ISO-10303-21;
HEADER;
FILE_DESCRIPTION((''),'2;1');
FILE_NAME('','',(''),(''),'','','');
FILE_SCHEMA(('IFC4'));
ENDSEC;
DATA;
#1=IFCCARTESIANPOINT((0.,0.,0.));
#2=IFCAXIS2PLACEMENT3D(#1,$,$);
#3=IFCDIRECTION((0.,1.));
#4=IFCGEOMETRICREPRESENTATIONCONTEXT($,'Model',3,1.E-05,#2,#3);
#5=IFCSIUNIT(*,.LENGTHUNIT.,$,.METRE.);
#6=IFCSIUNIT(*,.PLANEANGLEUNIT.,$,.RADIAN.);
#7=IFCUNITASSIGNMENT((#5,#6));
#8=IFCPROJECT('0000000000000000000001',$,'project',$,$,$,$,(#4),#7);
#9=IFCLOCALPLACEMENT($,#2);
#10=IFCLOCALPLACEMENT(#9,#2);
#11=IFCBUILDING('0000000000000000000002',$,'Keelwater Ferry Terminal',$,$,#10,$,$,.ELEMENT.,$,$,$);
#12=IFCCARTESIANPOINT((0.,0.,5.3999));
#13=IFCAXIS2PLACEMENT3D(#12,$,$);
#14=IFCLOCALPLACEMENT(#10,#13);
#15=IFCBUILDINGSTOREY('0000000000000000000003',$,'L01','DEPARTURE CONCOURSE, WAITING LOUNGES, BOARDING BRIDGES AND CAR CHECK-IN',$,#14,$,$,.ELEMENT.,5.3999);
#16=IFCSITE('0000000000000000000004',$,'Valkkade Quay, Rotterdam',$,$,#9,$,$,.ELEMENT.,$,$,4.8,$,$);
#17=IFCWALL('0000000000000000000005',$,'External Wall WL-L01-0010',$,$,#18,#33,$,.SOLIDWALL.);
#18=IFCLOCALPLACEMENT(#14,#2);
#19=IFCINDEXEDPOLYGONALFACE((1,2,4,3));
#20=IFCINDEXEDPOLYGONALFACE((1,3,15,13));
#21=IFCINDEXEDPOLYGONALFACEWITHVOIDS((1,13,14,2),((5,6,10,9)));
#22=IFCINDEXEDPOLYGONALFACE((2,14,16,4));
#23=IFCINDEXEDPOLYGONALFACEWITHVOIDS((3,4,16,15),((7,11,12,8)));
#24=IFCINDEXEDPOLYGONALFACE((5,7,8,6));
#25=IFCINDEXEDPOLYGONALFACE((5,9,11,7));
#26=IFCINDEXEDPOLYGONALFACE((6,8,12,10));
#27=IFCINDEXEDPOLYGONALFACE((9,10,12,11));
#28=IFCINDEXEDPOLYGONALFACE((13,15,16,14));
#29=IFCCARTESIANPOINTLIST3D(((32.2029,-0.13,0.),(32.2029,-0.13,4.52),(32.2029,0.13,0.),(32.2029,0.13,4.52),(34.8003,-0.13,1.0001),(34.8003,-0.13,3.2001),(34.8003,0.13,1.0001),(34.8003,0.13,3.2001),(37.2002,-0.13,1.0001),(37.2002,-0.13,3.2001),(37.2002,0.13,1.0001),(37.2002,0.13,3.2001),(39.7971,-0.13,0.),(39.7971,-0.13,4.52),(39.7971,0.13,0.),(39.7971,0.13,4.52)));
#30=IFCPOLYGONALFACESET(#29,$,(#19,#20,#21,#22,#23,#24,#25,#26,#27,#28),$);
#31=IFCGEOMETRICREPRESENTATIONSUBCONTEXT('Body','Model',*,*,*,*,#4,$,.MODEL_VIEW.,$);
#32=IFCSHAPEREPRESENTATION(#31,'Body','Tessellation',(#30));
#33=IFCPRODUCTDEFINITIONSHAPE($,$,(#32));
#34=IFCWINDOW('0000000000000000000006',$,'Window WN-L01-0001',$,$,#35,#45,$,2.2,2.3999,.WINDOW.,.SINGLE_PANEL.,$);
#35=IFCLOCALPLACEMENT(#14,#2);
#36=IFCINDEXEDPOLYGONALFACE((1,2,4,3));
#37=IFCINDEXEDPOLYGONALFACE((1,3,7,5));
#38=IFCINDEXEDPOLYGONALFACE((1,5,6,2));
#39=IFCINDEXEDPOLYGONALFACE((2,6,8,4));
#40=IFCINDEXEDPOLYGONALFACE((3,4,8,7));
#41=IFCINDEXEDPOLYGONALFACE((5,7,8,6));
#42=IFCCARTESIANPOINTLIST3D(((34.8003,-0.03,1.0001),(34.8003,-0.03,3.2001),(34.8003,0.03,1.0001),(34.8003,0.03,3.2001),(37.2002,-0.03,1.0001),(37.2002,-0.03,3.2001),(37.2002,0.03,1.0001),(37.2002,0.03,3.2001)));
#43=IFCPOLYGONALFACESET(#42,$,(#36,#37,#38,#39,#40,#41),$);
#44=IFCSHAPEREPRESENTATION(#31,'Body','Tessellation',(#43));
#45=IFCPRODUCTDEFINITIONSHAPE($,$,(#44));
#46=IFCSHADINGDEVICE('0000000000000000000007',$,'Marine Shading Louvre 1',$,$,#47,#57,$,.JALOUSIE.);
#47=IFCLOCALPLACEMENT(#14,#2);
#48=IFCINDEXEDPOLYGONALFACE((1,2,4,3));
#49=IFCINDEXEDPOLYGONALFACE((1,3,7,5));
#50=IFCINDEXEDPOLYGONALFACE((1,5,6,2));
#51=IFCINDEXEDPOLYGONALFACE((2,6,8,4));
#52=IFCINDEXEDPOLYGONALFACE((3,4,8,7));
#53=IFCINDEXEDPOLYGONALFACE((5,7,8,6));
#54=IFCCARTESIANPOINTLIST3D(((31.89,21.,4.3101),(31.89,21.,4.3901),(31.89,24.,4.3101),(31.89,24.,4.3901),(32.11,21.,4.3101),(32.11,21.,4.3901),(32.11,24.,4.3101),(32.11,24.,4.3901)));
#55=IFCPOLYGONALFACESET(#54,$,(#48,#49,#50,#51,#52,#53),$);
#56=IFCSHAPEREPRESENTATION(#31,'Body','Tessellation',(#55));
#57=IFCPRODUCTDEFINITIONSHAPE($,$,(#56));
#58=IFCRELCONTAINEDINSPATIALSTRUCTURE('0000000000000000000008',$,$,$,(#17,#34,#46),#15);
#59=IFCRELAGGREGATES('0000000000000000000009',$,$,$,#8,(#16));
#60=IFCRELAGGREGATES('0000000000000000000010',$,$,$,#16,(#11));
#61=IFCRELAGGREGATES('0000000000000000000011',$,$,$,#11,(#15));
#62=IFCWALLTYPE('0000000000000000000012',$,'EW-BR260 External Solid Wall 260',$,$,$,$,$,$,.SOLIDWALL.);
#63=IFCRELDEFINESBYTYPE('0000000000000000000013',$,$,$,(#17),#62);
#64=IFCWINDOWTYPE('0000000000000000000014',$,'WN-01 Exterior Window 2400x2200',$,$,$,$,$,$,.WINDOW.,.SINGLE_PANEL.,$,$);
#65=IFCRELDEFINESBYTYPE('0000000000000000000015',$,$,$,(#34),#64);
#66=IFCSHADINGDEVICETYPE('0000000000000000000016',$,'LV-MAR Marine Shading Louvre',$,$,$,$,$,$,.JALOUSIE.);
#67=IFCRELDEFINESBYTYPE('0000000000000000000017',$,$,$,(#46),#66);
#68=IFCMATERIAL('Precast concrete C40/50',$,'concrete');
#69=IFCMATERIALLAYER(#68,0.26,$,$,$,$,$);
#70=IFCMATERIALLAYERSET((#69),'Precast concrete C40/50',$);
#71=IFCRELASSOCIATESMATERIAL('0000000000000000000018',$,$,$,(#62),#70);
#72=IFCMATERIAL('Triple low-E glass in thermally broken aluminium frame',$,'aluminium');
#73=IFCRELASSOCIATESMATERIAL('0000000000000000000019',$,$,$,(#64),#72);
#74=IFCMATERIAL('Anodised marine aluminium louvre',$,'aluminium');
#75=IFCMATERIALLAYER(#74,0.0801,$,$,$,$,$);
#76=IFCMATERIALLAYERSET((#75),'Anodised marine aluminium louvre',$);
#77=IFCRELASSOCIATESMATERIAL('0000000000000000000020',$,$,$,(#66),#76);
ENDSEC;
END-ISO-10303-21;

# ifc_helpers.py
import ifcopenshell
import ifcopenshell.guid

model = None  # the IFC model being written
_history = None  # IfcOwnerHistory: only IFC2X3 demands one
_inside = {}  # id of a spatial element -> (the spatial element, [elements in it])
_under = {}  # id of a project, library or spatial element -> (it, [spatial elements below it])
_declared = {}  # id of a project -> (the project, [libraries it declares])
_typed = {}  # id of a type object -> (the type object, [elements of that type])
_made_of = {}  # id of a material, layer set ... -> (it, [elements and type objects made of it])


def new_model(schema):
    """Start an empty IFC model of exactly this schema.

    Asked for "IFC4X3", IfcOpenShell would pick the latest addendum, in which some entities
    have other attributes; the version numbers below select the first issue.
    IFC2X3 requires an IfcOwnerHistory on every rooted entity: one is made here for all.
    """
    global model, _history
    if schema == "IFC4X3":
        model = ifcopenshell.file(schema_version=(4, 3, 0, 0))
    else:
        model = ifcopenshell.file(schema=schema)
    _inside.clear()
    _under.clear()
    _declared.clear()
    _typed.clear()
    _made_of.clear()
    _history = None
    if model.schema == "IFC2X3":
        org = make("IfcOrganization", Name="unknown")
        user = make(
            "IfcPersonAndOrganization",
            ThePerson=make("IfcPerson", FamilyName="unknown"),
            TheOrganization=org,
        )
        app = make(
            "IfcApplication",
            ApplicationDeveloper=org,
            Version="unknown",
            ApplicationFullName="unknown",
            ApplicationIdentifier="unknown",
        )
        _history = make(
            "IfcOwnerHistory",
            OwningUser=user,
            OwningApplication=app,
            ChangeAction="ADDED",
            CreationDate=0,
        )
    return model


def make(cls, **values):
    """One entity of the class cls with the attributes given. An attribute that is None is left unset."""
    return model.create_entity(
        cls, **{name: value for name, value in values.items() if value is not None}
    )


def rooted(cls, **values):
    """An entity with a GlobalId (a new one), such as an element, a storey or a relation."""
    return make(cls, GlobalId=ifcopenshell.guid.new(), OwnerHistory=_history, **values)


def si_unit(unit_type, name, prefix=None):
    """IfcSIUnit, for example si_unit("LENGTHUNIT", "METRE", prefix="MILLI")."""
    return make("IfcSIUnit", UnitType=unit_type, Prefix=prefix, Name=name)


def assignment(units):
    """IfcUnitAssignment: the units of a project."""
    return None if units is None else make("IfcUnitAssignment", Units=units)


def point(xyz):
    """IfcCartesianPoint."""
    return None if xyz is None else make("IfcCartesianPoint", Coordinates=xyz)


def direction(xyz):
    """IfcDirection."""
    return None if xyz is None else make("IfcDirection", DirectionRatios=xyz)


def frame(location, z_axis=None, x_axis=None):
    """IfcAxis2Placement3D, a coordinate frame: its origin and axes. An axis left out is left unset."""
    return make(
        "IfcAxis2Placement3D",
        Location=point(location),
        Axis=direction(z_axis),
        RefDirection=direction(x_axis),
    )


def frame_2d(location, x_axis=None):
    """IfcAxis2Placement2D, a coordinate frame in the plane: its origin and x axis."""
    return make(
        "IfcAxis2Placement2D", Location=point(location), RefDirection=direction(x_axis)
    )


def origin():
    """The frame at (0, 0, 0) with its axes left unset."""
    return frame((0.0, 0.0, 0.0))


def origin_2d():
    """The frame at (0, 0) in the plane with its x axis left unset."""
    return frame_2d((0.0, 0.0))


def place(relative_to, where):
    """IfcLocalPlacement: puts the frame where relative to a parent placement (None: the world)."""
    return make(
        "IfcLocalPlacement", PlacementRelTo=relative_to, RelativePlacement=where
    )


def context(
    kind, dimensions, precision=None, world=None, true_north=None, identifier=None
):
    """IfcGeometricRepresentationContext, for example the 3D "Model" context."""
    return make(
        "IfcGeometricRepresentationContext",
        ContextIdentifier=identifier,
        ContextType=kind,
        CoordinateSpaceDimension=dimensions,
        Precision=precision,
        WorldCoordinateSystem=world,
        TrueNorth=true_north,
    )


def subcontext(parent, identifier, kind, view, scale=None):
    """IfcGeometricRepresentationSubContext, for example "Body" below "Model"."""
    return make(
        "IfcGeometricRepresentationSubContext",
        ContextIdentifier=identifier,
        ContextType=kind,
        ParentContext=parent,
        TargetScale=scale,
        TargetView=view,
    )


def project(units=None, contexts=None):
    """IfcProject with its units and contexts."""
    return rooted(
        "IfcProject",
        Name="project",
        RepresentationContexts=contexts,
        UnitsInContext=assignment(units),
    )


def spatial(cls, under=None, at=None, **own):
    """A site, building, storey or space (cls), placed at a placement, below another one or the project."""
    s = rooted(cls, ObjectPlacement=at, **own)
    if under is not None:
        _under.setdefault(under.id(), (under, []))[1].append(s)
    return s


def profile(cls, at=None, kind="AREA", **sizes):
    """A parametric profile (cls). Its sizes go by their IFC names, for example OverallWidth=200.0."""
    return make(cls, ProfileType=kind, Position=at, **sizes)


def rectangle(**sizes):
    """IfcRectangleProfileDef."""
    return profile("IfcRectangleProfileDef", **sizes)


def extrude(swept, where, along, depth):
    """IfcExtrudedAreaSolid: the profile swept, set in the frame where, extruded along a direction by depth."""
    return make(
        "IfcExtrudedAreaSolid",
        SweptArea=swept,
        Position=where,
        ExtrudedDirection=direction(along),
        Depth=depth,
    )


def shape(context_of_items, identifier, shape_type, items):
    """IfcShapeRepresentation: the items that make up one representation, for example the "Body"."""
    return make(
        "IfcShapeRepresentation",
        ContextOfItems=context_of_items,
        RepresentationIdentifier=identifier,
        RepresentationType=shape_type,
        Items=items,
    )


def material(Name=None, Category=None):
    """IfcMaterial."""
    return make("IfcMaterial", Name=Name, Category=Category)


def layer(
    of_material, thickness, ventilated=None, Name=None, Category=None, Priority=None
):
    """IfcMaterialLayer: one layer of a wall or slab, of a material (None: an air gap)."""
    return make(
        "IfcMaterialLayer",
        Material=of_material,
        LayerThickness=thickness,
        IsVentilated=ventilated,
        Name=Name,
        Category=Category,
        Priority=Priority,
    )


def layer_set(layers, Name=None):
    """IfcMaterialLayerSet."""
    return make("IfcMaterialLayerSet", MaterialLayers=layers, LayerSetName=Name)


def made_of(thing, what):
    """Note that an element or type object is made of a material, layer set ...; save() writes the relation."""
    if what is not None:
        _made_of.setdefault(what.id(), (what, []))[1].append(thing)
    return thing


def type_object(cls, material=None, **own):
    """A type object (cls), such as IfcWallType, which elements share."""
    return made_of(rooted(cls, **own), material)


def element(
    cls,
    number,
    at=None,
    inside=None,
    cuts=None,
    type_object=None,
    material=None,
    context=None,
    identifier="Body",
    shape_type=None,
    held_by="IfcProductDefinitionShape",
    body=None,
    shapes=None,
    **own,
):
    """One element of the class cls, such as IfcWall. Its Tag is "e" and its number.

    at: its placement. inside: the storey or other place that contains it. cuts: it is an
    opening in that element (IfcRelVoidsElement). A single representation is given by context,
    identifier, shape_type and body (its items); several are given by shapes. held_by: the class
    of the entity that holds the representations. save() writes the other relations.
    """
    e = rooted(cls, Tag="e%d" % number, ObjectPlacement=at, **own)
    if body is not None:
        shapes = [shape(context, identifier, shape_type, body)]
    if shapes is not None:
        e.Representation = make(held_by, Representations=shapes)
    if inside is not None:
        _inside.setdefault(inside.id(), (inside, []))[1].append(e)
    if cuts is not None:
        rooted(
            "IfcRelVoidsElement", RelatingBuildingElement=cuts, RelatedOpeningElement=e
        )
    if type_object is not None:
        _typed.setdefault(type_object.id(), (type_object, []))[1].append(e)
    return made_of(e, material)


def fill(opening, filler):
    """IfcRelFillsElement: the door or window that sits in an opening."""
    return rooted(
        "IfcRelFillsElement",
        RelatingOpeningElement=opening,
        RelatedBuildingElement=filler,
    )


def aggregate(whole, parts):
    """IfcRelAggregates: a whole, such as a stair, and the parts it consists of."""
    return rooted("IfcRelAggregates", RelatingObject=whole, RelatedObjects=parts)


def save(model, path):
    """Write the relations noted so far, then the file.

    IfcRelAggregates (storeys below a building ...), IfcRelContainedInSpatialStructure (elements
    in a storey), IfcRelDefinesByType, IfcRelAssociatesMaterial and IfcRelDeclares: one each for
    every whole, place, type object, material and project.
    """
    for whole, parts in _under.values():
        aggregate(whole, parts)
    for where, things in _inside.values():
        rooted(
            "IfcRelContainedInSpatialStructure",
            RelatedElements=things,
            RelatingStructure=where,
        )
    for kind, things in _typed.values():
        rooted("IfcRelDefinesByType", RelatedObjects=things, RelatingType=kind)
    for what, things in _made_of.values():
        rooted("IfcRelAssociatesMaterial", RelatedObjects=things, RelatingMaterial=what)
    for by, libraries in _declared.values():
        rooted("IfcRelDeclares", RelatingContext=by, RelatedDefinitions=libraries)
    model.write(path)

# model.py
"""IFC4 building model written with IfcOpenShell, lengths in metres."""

from ifc_helpers import new_model, si_unit, direction, frame, frame_2d, origin, origin_2d, place, context, subcontext, project, spatial, rectangle, extrude, material, layer, layer_set, type_object, element, fill, save


model = new_model("IFC4")

# Units and contexts
model_context = context("Model", 3, precision=1e-05, world=origin(), true_north=direction((0.0, 1.0)))
body_context = subcontext(model_context, "Body", "Model", "MODEL_VIEW")
ifc_project = project(units=[si_unit("LENGTHUNIT", "METRE"), si_unit("PLANEANGLEUNIT", "RADIAN")], contexts=[model_context])

# Site, building, storey
site_placement = place(None, origin())
site = spatial("IfcSite", under=ifc_project, at=site_placement, Name="Valkkade Quay, Rotterdam", CompositionType="ELEMENT", RefElevation=4.8)
building_placement = place(site_placement, origin())
building = spatial("IfcBuilding", under=site, at=building_placement, Name="Keelwater Ferry Terminal", CompositionType="ELEMENT")
storey_placement = place(building_placement, frame((0.0, 0.0, 5.3999)))
storey = spatial("IfcBuildingStorey", under=building, at=storey_placement, Name="L01", Description="DEPARTURE CONCOURSE, WAITING LOUNGES, BOARDING BRIDGES AND CAR CHECK-IN", CompositionType="ELEMENT", Elevation=5.3999)

# Shared definitions
ifc_material_1 = material(Name="Precast concrete C40/50", Category="concrete")
ifc_layer_1 = layer(ifc_material_1, 0.26)
ifc_layer_set_1 = layer_set([ifc_layer_1], Name="Precast concrete C40/50")
wall_type = type_object("IfcWallType", Name="EW-BR260 External Solid Wall 260", PredefinedType="SOLIDWALL", material=ifc_layer_set_1)

# Wall, opening, window
wall_1_placement = place(storey_placement, frame((39.7971, 0.0, 0.0), z_axis=(0.0, 0.0, 1.0), x_axis=(-1.0, 0.0, 0.0)))
wall_1 = element("IfcWall", 1, at=wall_1_placement, inside=storey, type_object=wall_type, Name="External Wall WL-L01-0010", PredefinedType="SOLIDWALL", context=body_context, shape_type="SweptSolid", body=[
    extrude(rectangle(XDim=7.5942, YDim=0.26, at=frame_2d((3.7971, 0.0))), origin(), (0.0, 0.0, 1.0), 4.52),
])
opening_placement = place(wall_1_placement, frame((2.5969, 0.0, 1.0)))
opening = element("IfcOpeningElement", 2, at=opening_placement, cuts=wall_1, PredefinedType="OPENING", context=body_context, shape_type="SweptSolid", body=[
    extrude(rectangle(XDim=2.3999, YDim=2.2, at=frame_2d((1.2, 1.1001))), frame((0.0, 0.1399, 0.0), z_axis=(0.0, -1.0, 0.0), x_axis=(1.0, 0.0, 0.0)), (0.0, 0.0, 1.0), 0.28),
])
ifc_material_2 = material(Name="Triple low-E glass in thermally broken aluminium frame", Category="aluminium")
window_type = type_object("IfcWindowType", Name="WN-01 Exterior Window 2400x2200", PartitioningType="SINGLE_PANEL", PredefinedType="WINDOW", material=ifc_material_2)
window_placement = place(opening_placement, origin())
window = element("IfcWindow", 3, at=window_placement, inside=storey, type_object=window_type, Name="Window WN-L01-0001", OverallHeight=2.2, OverallWidth=2.3999, PartitioningType="SINGLE_PANEL", PredefinedType="WINDOW", context=body_context, shape_type="SweptSolid", body=[
    extrude(rectangle(XDim=2.3999, YDim=2.2, at=frame_2d((1.2, 1.1001))), frame((0.0, 0.03, 0.0), z_axis=(0.0, -1.0, 0.0), x_axis=(1.0, 0.0, 0.0)), (0.0, 0.0, 1.0), 0.0601),
])
fill(opening, window)

# Shading device
ifc_material_3 = material(Name="Anodised marine aluminium louvre", Category="aluminium")
ifc_layer_2 = layer(ifc_material_3, 0.0801)
ifc_layer_set_2 = layer_set([ifc_layer_2], Name="Anodised marine aluminium louvre")
shading_device_type = type_object("IfcShadingDeviceType", Name="LV-MAR Marine Shading Louvre", PredefinedType="JALOUSIE", material=ifc_layer_set_2)
shading_device_placement = place(storey_placement, frame((32.0, 22.5, 4.3101), z_axis=(0.0, 0.0, 1.0), x_axis=(1.0, 0.0, 0.0)))
element("IfcShadingDevice", 4, at=shading_device_placement, inside=storey, type_object=shading_device_type, Name="Marine Shading Louvre 1", PredefinedType="JALOUSIE", context=body_context, shape_type="SweptSolid", body=[
    extrude(rectangle(XDim=0.22, YDim=3.0, at=origin_2d()), origin(), (0.0, 0.0, 1.0), 0.0801),
])

save(model, "model.ifc")
